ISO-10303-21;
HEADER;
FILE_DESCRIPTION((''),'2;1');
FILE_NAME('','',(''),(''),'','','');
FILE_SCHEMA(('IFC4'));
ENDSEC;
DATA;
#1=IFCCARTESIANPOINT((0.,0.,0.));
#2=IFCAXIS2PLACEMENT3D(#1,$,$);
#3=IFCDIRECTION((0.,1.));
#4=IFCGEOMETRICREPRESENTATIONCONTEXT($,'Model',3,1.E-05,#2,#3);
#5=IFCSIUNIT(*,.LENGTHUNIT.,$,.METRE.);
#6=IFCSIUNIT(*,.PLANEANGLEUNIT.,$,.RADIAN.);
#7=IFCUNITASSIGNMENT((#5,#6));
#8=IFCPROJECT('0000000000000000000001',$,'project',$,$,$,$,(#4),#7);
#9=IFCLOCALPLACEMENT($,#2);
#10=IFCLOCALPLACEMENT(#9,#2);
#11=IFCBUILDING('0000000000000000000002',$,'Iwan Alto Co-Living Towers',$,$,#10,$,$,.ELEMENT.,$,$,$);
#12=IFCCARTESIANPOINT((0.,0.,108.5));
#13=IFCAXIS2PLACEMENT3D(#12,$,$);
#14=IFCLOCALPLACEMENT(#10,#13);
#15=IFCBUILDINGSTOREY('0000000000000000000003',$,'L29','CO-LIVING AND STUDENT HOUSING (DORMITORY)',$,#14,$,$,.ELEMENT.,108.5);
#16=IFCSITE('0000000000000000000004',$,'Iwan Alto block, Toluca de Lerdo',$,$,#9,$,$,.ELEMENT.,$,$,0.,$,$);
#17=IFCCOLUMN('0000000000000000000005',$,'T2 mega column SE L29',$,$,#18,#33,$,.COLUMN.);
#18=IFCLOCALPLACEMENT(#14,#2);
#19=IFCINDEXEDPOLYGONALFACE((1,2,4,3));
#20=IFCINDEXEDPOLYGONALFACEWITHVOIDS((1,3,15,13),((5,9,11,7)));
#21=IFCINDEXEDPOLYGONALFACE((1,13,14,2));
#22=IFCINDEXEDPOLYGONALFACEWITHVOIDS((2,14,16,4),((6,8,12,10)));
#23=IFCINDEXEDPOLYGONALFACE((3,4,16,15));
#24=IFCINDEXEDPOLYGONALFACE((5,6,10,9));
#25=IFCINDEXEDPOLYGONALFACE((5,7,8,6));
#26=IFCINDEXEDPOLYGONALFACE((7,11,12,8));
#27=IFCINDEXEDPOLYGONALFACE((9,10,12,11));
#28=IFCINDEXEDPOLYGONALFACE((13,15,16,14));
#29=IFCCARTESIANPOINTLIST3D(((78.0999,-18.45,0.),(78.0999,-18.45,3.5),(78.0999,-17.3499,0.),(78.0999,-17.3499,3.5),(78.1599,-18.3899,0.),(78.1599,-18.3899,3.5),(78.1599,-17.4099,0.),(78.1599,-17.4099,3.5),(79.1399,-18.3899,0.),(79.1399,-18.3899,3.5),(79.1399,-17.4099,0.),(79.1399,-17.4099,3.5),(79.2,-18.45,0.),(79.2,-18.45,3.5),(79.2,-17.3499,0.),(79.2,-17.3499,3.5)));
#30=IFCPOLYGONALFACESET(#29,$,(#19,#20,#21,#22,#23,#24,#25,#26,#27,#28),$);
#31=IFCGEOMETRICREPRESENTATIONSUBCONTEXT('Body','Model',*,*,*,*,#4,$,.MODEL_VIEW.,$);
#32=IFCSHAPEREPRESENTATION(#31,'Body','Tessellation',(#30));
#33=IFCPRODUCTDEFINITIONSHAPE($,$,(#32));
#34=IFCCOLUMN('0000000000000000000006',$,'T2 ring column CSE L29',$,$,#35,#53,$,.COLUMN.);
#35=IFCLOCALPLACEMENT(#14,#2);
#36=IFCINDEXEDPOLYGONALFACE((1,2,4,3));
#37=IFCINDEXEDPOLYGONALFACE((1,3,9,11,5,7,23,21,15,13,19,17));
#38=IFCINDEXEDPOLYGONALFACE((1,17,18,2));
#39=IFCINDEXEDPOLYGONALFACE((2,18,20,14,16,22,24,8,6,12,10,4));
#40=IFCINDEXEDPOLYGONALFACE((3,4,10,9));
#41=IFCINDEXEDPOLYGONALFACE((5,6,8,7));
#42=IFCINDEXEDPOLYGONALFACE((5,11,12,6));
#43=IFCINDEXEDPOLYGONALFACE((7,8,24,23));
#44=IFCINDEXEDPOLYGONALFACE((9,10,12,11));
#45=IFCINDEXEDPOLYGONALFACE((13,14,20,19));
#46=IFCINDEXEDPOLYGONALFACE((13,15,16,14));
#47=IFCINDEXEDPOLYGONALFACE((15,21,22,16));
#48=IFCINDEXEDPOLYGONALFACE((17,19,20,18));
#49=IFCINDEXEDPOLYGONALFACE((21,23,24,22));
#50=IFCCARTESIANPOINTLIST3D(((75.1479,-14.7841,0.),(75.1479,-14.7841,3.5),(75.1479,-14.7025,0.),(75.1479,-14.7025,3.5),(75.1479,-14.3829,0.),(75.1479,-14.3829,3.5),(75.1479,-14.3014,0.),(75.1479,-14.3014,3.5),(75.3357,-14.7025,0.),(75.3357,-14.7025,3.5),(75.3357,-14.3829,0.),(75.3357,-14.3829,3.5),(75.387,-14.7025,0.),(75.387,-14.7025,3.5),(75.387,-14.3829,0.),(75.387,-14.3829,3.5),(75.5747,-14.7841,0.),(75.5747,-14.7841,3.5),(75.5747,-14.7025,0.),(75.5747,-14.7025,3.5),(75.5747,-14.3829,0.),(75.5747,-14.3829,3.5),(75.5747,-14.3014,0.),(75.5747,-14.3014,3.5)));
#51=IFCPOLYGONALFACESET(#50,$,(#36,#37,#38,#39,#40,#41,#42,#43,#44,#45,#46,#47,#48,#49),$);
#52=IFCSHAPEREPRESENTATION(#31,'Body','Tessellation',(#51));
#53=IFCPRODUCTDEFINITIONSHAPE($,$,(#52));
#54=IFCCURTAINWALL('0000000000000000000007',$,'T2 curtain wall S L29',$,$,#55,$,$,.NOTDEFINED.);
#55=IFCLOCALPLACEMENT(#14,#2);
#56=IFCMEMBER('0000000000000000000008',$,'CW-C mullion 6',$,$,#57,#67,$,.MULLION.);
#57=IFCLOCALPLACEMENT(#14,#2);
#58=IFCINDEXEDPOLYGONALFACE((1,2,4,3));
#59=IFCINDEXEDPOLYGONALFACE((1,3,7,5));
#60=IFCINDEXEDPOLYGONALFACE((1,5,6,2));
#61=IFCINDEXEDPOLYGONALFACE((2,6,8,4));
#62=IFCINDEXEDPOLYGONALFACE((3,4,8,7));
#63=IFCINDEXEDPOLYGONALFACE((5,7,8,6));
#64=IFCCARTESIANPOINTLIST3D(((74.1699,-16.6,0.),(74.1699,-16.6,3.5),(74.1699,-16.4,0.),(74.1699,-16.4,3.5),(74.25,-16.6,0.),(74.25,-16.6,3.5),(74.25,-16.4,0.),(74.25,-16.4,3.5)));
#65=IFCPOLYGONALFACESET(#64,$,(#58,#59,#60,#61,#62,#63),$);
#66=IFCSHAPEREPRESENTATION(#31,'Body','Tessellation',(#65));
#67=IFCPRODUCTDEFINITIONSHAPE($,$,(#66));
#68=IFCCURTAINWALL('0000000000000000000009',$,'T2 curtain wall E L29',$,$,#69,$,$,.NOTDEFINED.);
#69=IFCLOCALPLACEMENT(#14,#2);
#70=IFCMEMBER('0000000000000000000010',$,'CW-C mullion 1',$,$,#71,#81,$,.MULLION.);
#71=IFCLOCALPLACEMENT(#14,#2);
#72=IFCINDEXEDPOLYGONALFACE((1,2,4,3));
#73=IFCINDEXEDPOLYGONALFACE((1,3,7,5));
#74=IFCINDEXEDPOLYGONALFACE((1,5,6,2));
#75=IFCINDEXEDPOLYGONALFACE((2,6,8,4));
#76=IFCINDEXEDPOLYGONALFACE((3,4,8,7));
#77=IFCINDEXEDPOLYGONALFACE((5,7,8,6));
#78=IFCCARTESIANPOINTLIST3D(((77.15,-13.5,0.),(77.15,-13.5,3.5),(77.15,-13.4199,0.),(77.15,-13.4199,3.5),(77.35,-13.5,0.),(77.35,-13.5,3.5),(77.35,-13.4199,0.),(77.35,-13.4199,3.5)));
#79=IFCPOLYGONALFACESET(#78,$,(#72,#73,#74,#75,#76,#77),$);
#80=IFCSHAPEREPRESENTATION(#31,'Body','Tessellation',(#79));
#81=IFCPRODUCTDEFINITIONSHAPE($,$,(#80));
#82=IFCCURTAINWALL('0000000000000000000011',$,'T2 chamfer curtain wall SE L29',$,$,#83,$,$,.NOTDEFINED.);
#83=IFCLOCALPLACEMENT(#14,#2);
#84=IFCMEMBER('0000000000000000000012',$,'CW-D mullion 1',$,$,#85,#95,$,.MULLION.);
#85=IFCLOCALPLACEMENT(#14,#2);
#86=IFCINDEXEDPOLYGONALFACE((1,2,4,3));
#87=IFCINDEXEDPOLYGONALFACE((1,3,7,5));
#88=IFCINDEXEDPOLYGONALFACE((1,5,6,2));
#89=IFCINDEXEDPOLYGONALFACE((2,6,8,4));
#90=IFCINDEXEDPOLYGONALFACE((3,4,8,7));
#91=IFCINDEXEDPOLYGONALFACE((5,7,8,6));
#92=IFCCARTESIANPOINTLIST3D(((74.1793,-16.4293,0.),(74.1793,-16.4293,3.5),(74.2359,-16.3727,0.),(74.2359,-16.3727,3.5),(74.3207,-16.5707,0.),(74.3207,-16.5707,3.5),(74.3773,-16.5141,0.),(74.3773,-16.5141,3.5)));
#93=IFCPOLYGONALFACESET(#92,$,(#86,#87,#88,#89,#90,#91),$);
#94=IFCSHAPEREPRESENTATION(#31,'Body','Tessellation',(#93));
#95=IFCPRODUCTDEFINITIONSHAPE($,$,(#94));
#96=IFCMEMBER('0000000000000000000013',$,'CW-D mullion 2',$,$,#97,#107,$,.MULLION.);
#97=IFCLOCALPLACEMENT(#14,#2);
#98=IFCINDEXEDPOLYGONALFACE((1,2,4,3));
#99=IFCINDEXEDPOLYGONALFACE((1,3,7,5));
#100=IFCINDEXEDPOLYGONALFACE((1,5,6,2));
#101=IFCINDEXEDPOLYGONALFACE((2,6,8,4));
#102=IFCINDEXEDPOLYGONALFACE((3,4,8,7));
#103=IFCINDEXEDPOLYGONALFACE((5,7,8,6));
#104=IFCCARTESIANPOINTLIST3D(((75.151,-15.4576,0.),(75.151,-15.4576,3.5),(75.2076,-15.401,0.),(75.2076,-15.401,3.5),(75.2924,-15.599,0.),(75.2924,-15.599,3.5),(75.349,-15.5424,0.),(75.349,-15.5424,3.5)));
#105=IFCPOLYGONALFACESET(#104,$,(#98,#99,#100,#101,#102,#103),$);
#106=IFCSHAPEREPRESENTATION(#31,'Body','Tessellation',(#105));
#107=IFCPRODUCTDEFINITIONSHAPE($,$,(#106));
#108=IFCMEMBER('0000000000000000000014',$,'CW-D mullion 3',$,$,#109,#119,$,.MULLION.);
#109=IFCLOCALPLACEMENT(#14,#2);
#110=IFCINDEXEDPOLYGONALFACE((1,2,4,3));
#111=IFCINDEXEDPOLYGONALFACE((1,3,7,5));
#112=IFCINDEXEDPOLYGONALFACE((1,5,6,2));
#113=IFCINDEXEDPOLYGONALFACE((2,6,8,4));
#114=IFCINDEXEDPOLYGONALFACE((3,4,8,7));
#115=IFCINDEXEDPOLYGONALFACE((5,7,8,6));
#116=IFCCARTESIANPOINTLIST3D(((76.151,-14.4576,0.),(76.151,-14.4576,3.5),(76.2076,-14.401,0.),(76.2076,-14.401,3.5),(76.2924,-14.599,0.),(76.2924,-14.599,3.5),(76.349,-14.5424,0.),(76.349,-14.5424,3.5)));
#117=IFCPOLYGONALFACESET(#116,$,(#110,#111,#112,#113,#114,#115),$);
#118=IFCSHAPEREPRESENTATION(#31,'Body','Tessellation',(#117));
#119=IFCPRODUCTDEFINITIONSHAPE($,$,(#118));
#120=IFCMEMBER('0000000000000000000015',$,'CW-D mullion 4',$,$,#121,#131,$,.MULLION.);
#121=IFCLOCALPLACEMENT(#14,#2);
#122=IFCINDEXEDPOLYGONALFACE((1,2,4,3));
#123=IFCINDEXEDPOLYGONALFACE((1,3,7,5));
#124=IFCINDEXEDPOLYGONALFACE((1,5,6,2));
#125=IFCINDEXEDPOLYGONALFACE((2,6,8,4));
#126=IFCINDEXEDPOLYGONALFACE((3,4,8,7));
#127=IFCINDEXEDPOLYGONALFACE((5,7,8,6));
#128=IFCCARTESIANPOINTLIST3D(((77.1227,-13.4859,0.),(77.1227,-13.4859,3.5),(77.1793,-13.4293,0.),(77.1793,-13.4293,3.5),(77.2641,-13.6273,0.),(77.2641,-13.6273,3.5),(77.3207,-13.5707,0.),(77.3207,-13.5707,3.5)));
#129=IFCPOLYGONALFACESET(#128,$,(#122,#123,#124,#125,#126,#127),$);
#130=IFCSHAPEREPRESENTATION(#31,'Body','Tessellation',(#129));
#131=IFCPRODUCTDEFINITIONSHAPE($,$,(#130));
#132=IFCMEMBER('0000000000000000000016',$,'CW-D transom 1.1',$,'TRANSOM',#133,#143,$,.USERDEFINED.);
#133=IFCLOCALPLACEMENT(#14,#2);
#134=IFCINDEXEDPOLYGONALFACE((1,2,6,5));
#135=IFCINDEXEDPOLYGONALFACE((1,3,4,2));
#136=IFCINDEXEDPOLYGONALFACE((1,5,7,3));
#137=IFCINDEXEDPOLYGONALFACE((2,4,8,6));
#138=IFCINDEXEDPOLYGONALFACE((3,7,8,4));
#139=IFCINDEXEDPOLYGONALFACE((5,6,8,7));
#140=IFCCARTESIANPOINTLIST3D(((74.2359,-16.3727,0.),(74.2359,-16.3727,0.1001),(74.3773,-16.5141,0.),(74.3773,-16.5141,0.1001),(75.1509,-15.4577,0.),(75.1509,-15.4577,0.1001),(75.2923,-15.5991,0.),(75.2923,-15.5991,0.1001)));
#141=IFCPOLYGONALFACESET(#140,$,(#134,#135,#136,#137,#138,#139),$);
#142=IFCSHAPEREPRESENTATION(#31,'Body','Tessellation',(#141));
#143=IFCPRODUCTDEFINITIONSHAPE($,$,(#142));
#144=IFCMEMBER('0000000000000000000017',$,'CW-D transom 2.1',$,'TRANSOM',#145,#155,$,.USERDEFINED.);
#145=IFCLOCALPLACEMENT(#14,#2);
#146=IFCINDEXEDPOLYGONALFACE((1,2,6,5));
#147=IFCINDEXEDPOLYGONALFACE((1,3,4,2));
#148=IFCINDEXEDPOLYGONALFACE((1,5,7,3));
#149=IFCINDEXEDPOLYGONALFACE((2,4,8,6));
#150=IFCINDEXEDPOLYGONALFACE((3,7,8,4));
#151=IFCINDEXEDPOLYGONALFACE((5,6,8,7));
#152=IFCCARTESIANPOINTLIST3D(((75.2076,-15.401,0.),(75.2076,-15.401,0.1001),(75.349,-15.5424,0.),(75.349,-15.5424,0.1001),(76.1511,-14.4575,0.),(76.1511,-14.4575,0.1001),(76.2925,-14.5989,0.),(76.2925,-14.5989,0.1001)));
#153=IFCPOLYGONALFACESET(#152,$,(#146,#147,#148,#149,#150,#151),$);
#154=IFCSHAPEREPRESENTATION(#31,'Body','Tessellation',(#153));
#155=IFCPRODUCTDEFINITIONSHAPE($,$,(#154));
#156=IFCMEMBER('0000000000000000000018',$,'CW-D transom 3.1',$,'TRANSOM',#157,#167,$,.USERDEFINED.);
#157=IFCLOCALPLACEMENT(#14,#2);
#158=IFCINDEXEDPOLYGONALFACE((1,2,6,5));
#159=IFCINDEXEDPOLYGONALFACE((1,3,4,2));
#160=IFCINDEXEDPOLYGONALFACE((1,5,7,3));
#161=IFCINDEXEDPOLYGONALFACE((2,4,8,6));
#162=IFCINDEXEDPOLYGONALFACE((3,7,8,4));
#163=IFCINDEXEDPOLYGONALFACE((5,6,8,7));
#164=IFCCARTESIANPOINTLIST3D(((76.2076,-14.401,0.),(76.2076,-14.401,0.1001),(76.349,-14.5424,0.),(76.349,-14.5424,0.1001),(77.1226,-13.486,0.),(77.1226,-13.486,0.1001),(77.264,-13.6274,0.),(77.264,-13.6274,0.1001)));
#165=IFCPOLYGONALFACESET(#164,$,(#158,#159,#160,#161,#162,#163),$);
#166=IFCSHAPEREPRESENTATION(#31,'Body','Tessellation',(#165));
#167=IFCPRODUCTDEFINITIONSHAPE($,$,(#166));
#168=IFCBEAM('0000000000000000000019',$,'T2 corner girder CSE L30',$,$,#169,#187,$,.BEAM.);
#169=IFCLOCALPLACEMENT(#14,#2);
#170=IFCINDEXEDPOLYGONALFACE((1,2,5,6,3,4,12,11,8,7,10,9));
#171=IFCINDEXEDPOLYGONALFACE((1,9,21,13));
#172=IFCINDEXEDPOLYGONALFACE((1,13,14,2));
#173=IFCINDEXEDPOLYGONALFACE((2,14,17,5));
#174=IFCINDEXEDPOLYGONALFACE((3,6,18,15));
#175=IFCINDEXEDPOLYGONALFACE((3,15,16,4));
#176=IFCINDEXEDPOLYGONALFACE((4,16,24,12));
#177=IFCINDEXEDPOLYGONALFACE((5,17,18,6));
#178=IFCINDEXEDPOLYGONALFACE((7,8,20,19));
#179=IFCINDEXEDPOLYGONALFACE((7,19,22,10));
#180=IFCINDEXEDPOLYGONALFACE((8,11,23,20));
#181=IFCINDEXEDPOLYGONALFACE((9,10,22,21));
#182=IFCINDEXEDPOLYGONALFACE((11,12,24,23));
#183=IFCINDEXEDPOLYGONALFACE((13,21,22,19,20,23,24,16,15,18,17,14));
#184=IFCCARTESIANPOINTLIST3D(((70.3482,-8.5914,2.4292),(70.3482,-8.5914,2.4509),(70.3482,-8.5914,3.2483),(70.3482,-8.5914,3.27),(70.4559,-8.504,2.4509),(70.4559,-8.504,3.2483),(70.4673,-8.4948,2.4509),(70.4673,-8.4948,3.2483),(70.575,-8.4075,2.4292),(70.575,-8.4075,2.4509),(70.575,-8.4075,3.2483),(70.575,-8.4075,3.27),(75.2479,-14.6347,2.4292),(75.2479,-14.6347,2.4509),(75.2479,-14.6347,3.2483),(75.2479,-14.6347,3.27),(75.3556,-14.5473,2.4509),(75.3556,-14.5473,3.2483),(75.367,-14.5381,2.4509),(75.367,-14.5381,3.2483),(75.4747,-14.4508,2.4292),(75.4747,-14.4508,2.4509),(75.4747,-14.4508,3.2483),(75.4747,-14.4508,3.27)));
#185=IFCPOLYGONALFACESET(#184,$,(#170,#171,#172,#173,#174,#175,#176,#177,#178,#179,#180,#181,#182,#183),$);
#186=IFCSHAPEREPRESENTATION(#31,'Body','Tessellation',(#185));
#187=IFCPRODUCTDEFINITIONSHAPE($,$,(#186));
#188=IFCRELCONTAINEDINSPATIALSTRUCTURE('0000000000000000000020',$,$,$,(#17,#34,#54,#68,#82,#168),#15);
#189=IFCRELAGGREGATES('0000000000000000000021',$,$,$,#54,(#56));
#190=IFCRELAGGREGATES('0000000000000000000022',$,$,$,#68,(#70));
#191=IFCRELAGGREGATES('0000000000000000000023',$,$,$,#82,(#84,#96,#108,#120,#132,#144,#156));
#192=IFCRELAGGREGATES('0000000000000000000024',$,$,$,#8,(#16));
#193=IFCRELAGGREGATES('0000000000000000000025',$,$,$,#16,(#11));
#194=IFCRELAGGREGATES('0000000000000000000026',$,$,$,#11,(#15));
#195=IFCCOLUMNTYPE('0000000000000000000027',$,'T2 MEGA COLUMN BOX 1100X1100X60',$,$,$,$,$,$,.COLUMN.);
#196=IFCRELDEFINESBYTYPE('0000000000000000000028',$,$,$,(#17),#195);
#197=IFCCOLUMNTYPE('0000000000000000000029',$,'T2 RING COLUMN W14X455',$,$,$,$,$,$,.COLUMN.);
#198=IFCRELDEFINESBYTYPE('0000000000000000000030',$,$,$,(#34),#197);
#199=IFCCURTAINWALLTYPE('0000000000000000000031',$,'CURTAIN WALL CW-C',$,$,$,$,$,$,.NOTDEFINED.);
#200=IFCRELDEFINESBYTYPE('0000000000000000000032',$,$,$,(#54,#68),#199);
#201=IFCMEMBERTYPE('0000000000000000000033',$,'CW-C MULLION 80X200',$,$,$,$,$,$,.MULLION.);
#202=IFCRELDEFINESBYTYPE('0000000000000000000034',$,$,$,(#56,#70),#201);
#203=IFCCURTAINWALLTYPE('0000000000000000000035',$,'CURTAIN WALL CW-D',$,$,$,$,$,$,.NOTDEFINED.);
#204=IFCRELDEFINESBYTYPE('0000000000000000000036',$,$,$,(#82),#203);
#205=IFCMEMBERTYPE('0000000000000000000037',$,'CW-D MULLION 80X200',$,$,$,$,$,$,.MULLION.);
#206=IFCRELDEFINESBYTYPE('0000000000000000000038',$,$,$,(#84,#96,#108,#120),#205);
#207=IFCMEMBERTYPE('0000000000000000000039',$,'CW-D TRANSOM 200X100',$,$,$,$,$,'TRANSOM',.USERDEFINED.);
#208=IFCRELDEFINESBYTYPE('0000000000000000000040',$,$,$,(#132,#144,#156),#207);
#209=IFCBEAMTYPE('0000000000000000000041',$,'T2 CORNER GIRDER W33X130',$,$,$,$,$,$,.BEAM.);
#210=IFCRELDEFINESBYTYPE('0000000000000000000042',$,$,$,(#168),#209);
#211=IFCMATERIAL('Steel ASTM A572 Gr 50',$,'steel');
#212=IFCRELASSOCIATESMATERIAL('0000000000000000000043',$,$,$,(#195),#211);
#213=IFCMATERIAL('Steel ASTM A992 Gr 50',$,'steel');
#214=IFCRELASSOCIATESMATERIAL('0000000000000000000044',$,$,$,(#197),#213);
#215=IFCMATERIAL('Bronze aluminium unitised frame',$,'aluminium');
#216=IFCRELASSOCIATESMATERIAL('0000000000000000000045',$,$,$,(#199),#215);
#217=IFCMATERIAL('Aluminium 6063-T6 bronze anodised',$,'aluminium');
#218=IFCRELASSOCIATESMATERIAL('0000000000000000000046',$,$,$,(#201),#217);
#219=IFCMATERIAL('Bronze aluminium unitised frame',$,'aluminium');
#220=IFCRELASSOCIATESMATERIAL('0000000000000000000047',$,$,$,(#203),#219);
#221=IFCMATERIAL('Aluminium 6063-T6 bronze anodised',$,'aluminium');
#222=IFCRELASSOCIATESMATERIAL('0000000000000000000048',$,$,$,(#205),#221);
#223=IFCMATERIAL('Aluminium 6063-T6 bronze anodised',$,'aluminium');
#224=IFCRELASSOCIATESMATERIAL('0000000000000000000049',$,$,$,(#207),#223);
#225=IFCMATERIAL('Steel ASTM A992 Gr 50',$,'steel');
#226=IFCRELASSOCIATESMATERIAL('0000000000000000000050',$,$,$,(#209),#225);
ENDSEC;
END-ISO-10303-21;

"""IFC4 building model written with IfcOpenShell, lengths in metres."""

from ifc_helpers import new_model, si_unit, direction, frame, origin, origin_2d, place, context, subcontext, project, spatial, rectangle, hollow_rectangle, i_section, extrude, material, material_profile, profile_set, type_object, element, aggregate, save


model = new_model("IFC4")

# Units and contexts
model_context = context("Model", 3, precision=1e-05, world=origin(), true_north=direction((0.0, 1.0)))
body_context = subcontext(model_context, "Body", "Model", "MODEL_VIEW")
ifc_project = project(units=[si_unit("LENGTHUNIT", "METRE"), si_unit("PLANEANGLEUNIT", "RADIAN")], contexts=[model_context])

# Site, building, storey
site_placement = place(None, origin())
site = spatial("IfcSite", under=ifc_project, at=site_placement, Name="Iwan Alto block, Toluca de Lerdo", CompositionType="ELEMENT", RefElevation=0.0)
building_placement = place(site_placement, origin())
building = spatial("IfcBuilding", under=site, at=building_placement, Name="Iwan Alto Co-Living Towers", CompositionType="ELEMENT")
storey_placement = place(building_placement, frame((0.0, 0.0, 108.5)))
storey = spatial("IfcBuildingStorey", under=building, at=storey_placement, Name="L29", Description="CO-LIVING AND STUDENT HOUSING (DORMITORY)", CompositionType="ELEMENT", Elevation=108.5)

# Columns
ifc_material_1 = material(Name="Steel ASTM A572 Gr 50", Category="steel")
ifc_material_profile_1 = material_profile(ifc_material_1, hollow_rectangle(XDim=1.1001, YDim=1.1001, WallThickness=0.0601, at=origin_2d()), Name="BOX 1100X1100X60")
ifc_profile_set_1 = profile_set([ifc_material_profile_1], Name="Steel ASTM A572 Gr 50")
column_type_1 = type_object("IfcColumnType", Name="T2 MEGA COLUMN BOX 1100X1100X60", PredefinedType="COLUMN", material=ifc_profile_set_1)
column_1_placement = place(storey_placement, frame((78.6499, -17.8999, 0.0), z_axis=(0.0, 0.0, 1.0), x_axis=(1.0, 0.0, 0.0)))
element("IfcColumn", 1, at=column_1_placement, inside=storey, type_object=column_type_1, Name="T2 mega column SE L29", PredefinedType="COLUMN", context=body_context, shape_type="SweptSolid", body=[
    extrude(hollow_rectangle(XDim=1.1001, YDim=1.1001, WallThickness=0.0601, at=origin_2d()), origin(), (0.0, 0.0, 1.0), 3.5),
])
ifc_material_2 = material(Name="Steel ASTM A992 Gr 50", Category="steel")
ifc_material_profile_2 = material_profile(ifc_material_2, i_section(OverallWidth=0.4268, OverallDepth=0.4827, WebThickness=0.0513, FlangeThickness=0.0815, at=origin_2d()), Name="W14X455")
ifc_profile_set_2 = profile_set([ifc_material_profile_2], Name="Steel ASTM A992 Gr 50")
column_type_2 = type_object("IfcColumnType", Name="T2 RING COLUMN W14X455", PredefinedType="COLUMN", material=ifc_profile_set_2)
column_2_placement = place(storey_placement, frame((75.3613, -14.5427, 0.0), z_axis=(0.0, 0.0, 1.0), x_axis=(1.0, 0.0, 0.0)))
element("IfcColumn", 2, at=column_2_placement, inside=storey, type_object=column_type_2, Name="T2 ring column CSE L29", PredefinedType="COLUMN", context=body_context, shape_type="SweptSolid", body=[
    extrude(i_section(OverallWidth=0.4268, OverallDepth=0.4827, WebThickness=0.0513, FlangeThickness=0.0815, at=origin_2d()), origin(), (0.0, 0.0, 1.0), 3.5),
])

# Curtain walls, members
ifc_material_3 = material(Name="Bronze aluminium unitised frame", Category="aluminium")
curtain_wall_type_1 = type_object("IfcCurtainWallType", Name="CURTAIN WALL CW-C", PredefinedType="NOTDEFINED", material=ifc_material_3)
curtain_wall_1_placement = place(storey_placement, origin())
curtain_wall_1 = element("IfcCurtainWall", 3, at=curtain_wall_1_placement, inside=storey, type_object=curtain_wall_type_1, Name="T2 curtain wall S L29", PredefinedType="NOTDEFINED")
ifc_material_4 = material(Name="Aluminium 6063-T6 bronze anodised", Category="aluminium")
ifc_material_profile_3 = material_profile(ifc_material_4, rectangle(XDim=0.2, YDim=0.0801, at=origin_2d()), Name="AL 80X200")
ifc_profile_set_3 = profile_set([ifc_material_profile_3], Name="Aluminium 6063-T6 bronze anodised")
member_type_1 = type_object("IfcMemberType", Name="CW-C MULLION 80X200", PredefinedType="MULLION", material=ifc_profile_set_3)
member_1_placement = place(storey_placement, frame((74.21, -16.5, 0.0), z_axis=(0.0, 0.0, 1.0), x_axis=(0.0, 1.0, 0.0)))
member_1 = element("IfcMember", 4, at=member_1_placement, type_object=member_type_1, Name="CW-C mullion 6", PredefinedType="MULLION", context=body_context, shape_type="SweptSolid", body=[
    extrude(rectangle(XDim=0.2, YDim=0.0801, at=origin_2d()), origin(), (0.0, 0.0, 1.0), 3.5),
])
aggregate(curtain_wall_1, [member_1])
curtain_wall_2_placement = place(storey_placement, origin())
curtain_wall_2 = element("IfcCurtainWall", 5, at=curtain_wall_2_placement, inside=storey, type_object=curtain_wall_type_1, Name="T2 curtain wall E L29", PredefinedType="NOTDEFINED")
member_2_placement = place(storey_placement, frame((77.25, -13.46, 0.0), z_axis=(0.0, 0.0, 1.0), x_axis=(-1.0, 0.0, 0.0)))
member_2 = element("IfcMember", 6, at=member_2_placement, type_object=member_type_1, Name="CW-C mullion 1", PredefinedType="MULLION", context=body_context, shape_type="SweptSolid", body=[
    extrude(rectangle(XDim=0.2, YDim=0.0801, at=origin_2d()), origin(), (0.0, 0.0, 1.0), 3.5),
])
aggregate(curtain_wall_2, [member_2])

# Curtain wall, members
ifc_material_5 = material(Name="Bronze aluminium unitised frame", Category="aluminium")
curtain_wall_type_2 = type_object("IfcCurtainWallType", Name="CURTAIN WALL CW-D", PredefinedType="NOTDEFINED", material=ifc_material_5)
curtain_wall_3_placement = place(storey_placement, origin())
curtain_wall_3 = element("IfcCurtainWall", 7, at=curtain_wall_3_placement, inside=storey, type_object=curtain_wall_type_2, Name="T2 chamfer curtain wall SE L29", PredefinedType="NOTDEFINED")
ifc_material_6 = material(Name="Aluminium 6063-T6 bronze anodised", Category="aluminium")
ifc_material_profile_4 = material_profile(ifc_material_6, rectangle(XDim=0.2, YDim=0.0801, at=origin_2d()), Name="AL 80X200")
ifc_profile_set_4 = profile_set([ifc_material_profile_4], Name="Aluminium 6063-T6 bronze anodised")
member_type_2 = type_object("IfcMemberType", Name="CW-D MULLION 80X200", PredefinedType="MULLION", material=ifc_profile_set_4)
member_3_placement = place(storey_placement, frame((74.2783, -16.4717, 0.0), z_axis=(0.0, 0.0, 1.0), x_axis=(-0.707107, 0.707107, 0.0)))
member_3 = element("IfcMember", 8, at=member_3_placement, type_object=member_type_2, Name="CW-D mullion 1", PredefinedType="MULLION", context=body_context, shape_type="SweptSolid", body=[
    extrude(rectangle(XDim=0.2, YDim=0.0801, at=origin_2d()), origin(), (0.0, 0.0, 1.0), 3.5),
])
member_4_placement = place(storey_placement, frame((75.25, -15.5, 0.0), z_axis=(0.0, 0.0, 1.0), x_axis=(-0.707107, 0.707107, 0.0)))
member_4 = element("IfcMember", 9, at=member_4_placement, type_object=member_type_2, Name="CW-D mullion 2", PredefinedType="MULLION", context=body_context, shape_type="SweptSolid", body=[
    extrude(rectangle(XDim=0.2, YDim=0.0801, at=origin_2d()), origin(), (0.0, 0.0, 1.0), 3.5),
])
member_5_placement = place(storey_placement, frame((76.25, -14.5, 0.0), z_axis=(0.0, 0.0, 1.0), x_axis=(-0.707107, 0.707107, 0.0)))
member_5 = element("IfcMember", 10, at=member_5_placement, type_object=member_type_2, Name="CW-D mullion 3", PredefinedType="MULLION", context=body_context, shape_type="SweptSolid", body=[
    extrude(rectangle(XDim=0.2, YDim=0.0801, at=origin_2d()), origin(), (0.0, 0.0, 1.0), 3.5),
])
member_6_placement = place(storey_placement, frame((77.2217, -13.5283, 0.0), z_axis=(0.0, 0.0, 1.0), x_axis=(-0.707107, 0.707107, 0.0)))
member_6 = element("IfcMember", 11, at=member_6_placement, type_object=member_type_2, Name="CW-D mullion 4", PredefinedType="MULLION", context=body_context, shape_type="SweptSolid", body=[
    extrude(rectangle(XDim=0.2, YDim=0.0801, at=origin_2d()), origin(), (0.0, 0.0, 1.0), 3.5),
])
ifc_material_7 = material(Name="Aluminium 6063-T6 bronze anodised", Category="aluminium")
ifc_material_profile_5 = material_profile(ifc_material_7, rectangle(XDim=0.2, YDim=0.1001, at=origin_2d()), Name="AL 200X100")
ifc_profile_set_5 = profile_set([ifc_material_profile_5], Name="Aluminium 6063-T6 bronze anodised")
member_type_3 = type_object("IfcMemberType", Name="CW-D TRANSOM 200X100", ElementType="TRANSOM", PredefinedType="USERDEFINED", material=ifc_profile_set_5)
member_7_placement = place(storey_placement, frame((74.3066, -16.4434, 0.05), z_axis=(0.707107, 0.707107, 0.0), x_axis=(-0.707107, 0.707107, 0.0)))
member_7 = element("IfcMember", 12, at=member_7_placement, type_object=member_type_3, Name="CW-D transom 1.1", ObjectType="TRANSOM", PredefinedType="USERDEFINED", context=body_context, shape_type="SweptSolid", body=[
    extrude(rectangle(XDim=0.2, YDim=0.1001, at=origin_2d()), origin(), (0.0, 0.0, 1.0), 1.2939),
])
member_8_placement = place(storey_placement, frame((75.2783, -15.4717, 0.05), z_axis=(0.707107, 0.707107, 0.0), x_axis=(-0.707107, 0.707107, 0.0)))
member_8 = element("IfcMember", 13, at=member_8_placement, type_object=member_type_3, Name="CW-D transom 2.1", ObjectType="TRANSOM", PredefinedType="USERDEFINED", context=body_context, shape_type="SweptSolid", body=[
    extrude(rectangle(XDim=0.2, YDim=0.1001, at=origin_2d()), origin(), (0.0, 0.0, 1.0), 1.3342),
])
member_9_placement = place(storey_placement, frame((76.2783, -14.4717, 0.05), z_axis=(0.707107, 0.707107, 0.0), x_axis=(-0.707107, 0.707107, 0.0)))
member_9 = element("IfcMember", 14, at=member_9_placement, type_object=member_type_3, Name="CW-D transom 3.1", ObjectType="TRANSOM", PredefinedType="USERDEFINED", context=body_context, shape_type="SweptSolid", body=[
    extrude(rectangle(XDim=0.2, YDim=0.1001, at=origin_2d()), origin(), (0.0, 0.0, 1.0), 1.2939),
])

# Beam
ifc_material_8 = material(Name="Steel ASTM A992 Gr 50", Category="steel")
ifc_material_profile_6 = material_profile(ifc_material_8, i_section(OverallWidth=0.292, OverallDepth=0.8408, WebThickness=0.0146, FlangeThickness=0.0217, at=origin_2d()), Name="W33X130")
ifc_profile_set_6 = profile_set([ifc_material_profile_6], Name="Steel ASTM A992 Gr 50")
beam_type_1 = type_object("IfcBeamType", Name="T2 CORNER GIRDER W33X130", PredefinedType="BEAM", material=ifc_profile_set_6)
beam_1_placement = place(storey_placement, frame((75.3613, -14.5427, 2.8496), z_axis=(-0.629783, 0.776771, 0.0), x_axis=(-0.776771, -0.629783, 0.0)))
element("IfcBeam", 15, at=beam_1_placement, inside=storey, type_object=beam_type_1, Name="T2 corner girder CSE L30", PredefinedType="BEAM", context=body_context, shape_type="SweptSolid", body=[
    extrude(i_section(OverallWidth=0.292, OverallDepth=0.8408, WebThickness=0.0146, FlangeThickness=0.0217, at=origin_2d()), origin(), (0.0, 0.0, 1.0), 7.78),
])

aggregate(curtain_wall_3, [member_3, member_4, member_5, member_6, member_7, member_8, member_9])

save(model, "model.ifc")
